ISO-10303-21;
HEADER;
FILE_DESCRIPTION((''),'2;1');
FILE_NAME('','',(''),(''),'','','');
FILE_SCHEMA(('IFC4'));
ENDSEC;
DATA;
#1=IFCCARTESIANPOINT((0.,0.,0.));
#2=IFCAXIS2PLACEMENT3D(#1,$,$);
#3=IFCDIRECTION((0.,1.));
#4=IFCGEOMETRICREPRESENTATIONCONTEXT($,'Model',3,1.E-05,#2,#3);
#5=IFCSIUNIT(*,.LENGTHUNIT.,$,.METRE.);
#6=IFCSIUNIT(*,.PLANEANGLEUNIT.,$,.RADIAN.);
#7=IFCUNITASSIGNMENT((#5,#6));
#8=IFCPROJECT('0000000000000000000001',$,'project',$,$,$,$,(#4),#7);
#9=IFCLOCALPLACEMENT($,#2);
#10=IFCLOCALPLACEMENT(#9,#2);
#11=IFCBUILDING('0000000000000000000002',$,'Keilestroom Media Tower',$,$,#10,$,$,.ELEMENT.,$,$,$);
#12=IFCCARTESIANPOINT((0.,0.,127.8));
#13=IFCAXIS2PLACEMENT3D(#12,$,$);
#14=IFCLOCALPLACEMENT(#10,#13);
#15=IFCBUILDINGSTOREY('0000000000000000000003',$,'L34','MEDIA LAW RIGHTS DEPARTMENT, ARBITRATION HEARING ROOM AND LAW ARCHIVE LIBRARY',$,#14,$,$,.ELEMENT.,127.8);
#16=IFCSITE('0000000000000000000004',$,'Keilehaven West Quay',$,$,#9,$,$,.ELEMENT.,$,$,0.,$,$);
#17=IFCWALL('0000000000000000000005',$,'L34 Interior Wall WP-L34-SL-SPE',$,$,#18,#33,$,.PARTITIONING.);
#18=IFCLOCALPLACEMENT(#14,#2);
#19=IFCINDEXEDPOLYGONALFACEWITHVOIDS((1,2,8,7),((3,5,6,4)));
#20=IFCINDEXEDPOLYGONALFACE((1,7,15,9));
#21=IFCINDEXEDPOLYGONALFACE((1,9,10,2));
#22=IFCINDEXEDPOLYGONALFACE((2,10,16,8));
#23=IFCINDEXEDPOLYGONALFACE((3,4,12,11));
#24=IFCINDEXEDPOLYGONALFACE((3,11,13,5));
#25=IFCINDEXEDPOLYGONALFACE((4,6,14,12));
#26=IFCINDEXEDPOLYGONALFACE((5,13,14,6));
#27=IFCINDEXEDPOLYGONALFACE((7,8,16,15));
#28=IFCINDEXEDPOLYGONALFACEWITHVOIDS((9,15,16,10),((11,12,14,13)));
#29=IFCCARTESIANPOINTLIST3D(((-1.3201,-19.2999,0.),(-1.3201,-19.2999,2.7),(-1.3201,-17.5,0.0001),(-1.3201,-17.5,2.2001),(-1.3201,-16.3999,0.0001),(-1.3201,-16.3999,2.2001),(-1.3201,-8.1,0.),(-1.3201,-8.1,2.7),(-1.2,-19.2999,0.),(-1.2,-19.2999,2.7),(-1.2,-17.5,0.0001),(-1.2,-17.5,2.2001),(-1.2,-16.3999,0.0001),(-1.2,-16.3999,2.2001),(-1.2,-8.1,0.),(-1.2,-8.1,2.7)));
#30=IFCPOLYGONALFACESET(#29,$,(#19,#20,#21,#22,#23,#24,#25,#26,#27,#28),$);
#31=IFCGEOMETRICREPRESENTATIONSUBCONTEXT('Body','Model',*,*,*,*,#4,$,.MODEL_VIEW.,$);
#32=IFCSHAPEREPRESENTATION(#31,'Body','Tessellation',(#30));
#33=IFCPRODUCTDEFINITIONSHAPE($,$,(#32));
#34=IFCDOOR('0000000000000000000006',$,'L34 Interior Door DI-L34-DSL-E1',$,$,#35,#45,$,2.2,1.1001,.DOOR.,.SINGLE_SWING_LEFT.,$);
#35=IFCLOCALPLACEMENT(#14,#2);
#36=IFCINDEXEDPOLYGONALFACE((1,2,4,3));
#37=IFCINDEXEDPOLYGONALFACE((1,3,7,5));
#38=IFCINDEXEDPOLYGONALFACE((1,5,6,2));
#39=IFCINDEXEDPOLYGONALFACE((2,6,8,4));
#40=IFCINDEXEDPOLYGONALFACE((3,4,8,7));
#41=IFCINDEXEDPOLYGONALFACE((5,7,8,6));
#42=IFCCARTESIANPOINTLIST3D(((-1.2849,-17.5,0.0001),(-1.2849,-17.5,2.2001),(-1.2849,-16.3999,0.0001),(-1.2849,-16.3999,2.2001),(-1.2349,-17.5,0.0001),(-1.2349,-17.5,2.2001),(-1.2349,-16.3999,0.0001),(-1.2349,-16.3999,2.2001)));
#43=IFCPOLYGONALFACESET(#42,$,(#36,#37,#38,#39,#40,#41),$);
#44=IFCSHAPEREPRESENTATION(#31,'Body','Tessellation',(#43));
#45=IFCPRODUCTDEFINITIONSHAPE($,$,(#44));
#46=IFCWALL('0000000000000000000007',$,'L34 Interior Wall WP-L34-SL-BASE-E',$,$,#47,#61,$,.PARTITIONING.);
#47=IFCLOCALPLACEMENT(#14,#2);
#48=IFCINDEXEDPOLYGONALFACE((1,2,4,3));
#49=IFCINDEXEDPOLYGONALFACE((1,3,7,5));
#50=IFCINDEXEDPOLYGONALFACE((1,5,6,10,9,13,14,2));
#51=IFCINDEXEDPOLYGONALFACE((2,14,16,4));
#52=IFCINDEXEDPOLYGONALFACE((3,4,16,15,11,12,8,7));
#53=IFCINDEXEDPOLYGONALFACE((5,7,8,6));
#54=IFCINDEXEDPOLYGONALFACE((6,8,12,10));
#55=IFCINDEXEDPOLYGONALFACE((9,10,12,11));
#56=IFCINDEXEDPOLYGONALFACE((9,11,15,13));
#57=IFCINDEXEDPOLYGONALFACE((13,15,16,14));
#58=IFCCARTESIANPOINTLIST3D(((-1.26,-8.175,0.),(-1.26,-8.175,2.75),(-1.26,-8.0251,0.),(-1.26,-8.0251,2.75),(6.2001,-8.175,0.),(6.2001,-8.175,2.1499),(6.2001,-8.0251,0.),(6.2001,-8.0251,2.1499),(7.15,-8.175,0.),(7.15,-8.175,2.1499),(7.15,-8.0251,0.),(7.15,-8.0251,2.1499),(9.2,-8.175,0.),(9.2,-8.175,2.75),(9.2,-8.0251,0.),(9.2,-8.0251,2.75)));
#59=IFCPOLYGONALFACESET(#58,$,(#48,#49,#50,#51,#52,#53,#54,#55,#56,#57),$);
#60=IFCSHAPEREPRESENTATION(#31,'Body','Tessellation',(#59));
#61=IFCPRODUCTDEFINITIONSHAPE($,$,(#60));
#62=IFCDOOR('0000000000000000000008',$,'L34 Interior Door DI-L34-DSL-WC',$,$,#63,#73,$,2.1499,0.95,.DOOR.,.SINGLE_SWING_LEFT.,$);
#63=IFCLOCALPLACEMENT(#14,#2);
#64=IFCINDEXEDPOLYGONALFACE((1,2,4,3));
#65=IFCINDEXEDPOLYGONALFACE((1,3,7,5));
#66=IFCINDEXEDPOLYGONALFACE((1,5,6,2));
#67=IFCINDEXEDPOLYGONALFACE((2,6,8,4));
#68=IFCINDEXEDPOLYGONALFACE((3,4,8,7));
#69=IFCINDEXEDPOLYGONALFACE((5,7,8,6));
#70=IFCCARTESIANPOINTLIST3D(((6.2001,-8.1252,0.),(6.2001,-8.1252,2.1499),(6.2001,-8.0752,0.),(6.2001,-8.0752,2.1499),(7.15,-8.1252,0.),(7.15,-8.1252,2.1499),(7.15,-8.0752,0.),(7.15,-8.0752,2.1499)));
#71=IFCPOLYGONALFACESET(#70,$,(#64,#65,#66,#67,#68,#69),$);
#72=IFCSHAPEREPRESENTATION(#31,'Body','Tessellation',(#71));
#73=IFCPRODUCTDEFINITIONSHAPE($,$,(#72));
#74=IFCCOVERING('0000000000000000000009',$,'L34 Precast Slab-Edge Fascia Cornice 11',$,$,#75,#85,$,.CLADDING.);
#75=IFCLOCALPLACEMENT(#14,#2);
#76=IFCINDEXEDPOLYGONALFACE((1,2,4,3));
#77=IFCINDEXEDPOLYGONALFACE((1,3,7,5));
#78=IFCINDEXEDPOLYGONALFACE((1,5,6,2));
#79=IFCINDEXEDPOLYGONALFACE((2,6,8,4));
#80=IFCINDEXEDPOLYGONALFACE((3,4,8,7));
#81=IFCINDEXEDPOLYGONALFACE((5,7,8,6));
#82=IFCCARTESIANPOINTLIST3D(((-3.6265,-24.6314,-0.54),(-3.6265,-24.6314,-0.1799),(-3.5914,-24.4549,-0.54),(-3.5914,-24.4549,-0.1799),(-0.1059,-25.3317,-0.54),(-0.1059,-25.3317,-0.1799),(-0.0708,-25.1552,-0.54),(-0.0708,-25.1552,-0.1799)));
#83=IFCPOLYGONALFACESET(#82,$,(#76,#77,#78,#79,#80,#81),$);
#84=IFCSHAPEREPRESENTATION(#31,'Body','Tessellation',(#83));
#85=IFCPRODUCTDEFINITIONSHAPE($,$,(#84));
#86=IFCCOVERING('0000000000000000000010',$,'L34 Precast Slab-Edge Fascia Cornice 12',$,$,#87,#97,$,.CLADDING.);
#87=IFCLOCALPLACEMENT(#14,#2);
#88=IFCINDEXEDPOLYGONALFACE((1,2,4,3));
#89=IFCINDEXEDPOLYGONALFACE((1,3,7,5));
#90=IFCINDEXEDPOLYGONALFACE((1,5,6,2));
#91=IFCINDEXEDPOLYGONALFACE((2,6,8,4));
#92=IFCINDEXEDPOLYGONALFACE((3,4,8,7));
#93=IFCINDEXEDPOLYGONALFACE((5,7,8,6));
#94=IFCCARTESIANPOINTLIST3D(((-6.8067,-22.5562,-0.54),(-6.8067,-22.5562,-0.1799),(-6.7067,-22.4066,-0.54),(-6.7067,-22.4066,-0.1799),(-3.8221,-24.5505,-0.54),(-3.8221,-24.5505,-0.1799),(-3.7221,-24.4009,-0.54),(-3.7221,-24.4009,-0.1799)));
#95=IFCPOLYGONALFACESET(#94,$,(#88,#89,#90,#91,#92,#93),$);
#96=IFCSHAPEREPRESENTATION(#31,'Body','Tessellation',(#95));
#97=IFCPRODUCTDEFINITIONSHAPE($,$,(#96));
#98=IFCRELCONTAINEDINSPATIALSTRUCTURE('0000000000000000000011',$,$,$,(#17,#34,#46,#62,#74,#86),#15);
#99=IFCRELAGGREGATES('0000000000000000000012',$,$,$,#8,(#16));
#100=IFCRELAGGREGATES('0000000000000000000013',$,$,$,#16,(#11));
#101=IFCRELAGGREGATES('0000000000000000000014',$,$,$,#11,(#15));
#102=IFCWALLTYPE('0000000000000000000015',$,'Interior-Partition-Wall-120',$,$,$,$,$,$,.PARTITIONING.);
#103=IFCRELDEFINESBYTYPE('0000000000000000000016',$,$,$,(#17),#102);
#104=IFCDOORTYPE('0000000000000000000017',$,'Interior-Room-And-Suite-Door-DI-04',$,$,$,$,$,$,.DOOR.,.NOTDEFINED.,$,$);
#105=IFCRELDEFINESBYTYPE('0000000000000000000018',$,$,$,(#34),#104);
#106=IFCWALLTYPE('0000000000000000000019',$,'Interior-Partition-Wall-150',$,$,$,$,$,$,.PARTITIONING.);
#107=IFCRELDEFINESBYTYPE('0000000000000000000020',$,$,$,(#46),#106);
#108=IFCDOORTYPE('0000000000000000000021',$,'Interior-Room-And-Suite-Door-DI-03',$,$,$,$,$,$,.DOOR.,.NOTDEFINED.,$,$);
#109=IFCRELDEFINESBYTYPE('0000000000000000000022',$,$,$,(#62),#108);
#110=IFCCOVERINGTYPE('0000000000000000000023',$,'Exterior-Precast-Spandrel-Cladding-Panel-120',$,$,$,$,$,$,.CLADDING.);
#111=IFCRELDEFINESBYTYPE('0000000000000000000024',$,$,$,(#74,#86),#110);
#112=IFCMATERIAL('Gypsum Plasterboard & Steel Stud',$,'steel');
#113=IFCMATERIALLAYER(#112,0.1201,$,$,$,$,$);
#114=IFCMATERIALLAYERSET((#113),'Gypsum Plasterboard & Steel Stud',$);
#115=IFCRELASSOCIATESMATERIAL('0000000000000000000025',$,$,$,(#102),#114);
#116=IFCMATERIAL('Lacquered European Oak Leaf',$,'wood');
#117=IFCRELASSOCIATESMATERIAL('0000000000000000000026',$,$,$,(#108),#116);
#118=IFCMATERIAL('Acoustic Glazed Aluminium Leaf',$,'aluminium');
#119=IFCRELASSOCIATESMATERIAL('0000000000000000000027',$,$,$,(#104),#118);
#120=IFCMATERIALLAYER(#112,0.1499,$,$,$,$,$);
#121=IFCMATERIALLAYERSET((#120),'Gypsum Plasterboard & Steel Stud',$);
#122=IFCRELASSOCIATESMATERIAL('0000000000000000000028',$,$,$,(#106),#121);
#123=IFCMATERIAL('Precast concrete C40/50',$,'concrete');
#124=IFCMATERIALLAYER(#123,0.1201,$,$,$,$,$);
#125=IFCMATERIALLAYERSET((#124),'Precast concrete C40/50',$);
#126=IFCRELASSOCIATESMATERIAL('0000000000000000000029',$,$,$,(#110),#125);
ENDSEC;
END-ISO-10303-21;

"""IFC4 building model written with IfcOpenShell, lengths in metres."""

from ifc_helpers import new_model, si_unit, direction, frame, frame_2d, origin, origin_2d, place, context, subcontext, project, spatial, rectangle, extrude, source, transform, mapped, material, layer, layer_set, type_object, element, fill, save


model = new_model("IFC4")

# Units and contexts
model_context = context("Model", 3, precision=1e-05, world=origin(), true_north=direction((0.0, 1.0)))
body_context = subcontext(model_context, "Body", "Model", "MODEL_VIEW")
ifc_project = project(units=[si_unit("LENGTHUNIT", "METRE"), si_unit("PLANEANGLEUNIT", "RADIAN")], contexts=[model_context])

# Site, building, storey
site_placement = place(None, origin())
site = spatial("IfcSite", under=ifc_project, at=site_placement, Name="Keilehaven West Quay", CompositionType="ELEMENT", RefElevation=0.0)
building_placement = place(site_placement, origin())
building = spatial("IfcBuilding", under=site, at=building_placement, Name="Keilestroom Media Tower", CompositionType="ELEMENT")
storey_placement = place(building_placement, frame((0.0, 0.0, 127.8)))
storey = spatial("IfcBuildingStorey", under=building, at=storey_placement, Name="L34", Description="MEDIA LAW RIGHTS DEPARTMENT, ARBITRATION HEARING ROOM AND LAW ARCHIVE LIBRARY", CompositionType="ELEMENT", Elevation=127.8)

# Shared definitions
ifc_material_1 = material(Name="Precast concrete C40/50", Category="concrete")

# Shared definitions
ifc_material_2 = material(Name="Gypsum Plasterboard & Steel Stud", Category="steel")
ifc_layer_1 = layer(ifc_material_2, 0.1201)
ifc_layer_set_1 = layer_set([ifc_layer_1], Name="Gypsum Plasterboard & Steel Stud")
wall_type_1 = type_object("IfcWallType", Name="Interior-Partition-Wall-120", PredefinedType="PARTITIONING", material=ifc_layer_set_1)
ifc_material_3 = material(Name="Lacquered European Oak Leaf", Category="wood")
door_type_1 = type_object("IfcDoorType", Name="Interior-Room-And-Suite-Door-DI-03", OperationType="NOTDEFINED", PredefinedType="DOOR", material=ifc_material_3)
shared_shape_1 = source(origin(), body_context, "Body", "SweptSolid", [
    extrude(rectangle(XDim=0.95, YDim=2.1499, at=frame_2d((0.4751, 1.075))), frame((0.0, 0.0249, 0.0), z_axis=(0.0, -1.0, 0.0), x_axis=(1.0, 0.0, 0.0)), (0.0, 0.0, 1.0), 0.05),
])

# Walls, openings, doors
wall_1_placement = place(storey_placement, frame((-1.26, -19.3, 0.0), z_axis=(0.0, 0.0, 1.0), x_axis=(0.0, 1.0, 0.0)))
wall_1 = element("IfcWall", 1, at=wall_1_placement, inside=storey, type_object=wall_type_1, Name="L34 Interior Wall WP-L34-SL-SPE", PredefinedType="PARTITIONING", context=body_context, shape_type="SweptSolid", body=[
    extrude(rectangle(XDim=11.2, YDim=0.1201, at=frame_2d((5.6001, 0.0))), origin(), (0.0, 0.0, 1.0), 2.7),
])
opening_1_placement = place(wall_1_placement, frame((1.8, 0.0, 0.0)))
opening_1 = element("IfcOpeningElement", 2, at=opening_1_placement, cuts=wall_1, PredefinedType="OPENING", context=body_context, shape_type="SweptSolid", body=[
    extrude(rectangle(XDim=1.1001, YDim=2.2, at=frame_2d((0.55, 1.1001))), frame((0.0, 0.0701, 0.0), z_axis=(0.0, -1.0, 0.0), x_axis=(1.0, 0.0, 0.0)), (0.0, 0.0, 1.0), 0.1401),
])
ifc_material_4 = material(Name="Acoustic Glazed Aluminium Leaf", Category="aluminium")
door_type_2 = type_object("IfcDoorType", Name="Interior-Room-And-Suite-Door-DI-04", OperationType="NOTDEFINED", PredefinedType="DOOR", material=ifc_material_4)
shared_shape_2 = source(origin(), body_context, "Body", "SweptSolid", [
    extrude(rectangle(XDim=1.1001, YDim=2.2, at=frame_2d((0.55, 1.1001))), frame((0.0, 0.0249, 0.0), z_axis=(0.0, -1.0, 0.0), x_axis=(1.0, 0.0, 0.0)), (0.0, 0.0, 1.0), 0.05),
])
door_1_placement = place(opening_1_placement, origin())
door_1 = element("IfcDoor", 3, at=door_1_placement, inside=storey, type_object=door_type_2, Name="L34 Interior Door DI-L34-DSL-E1", OperationType="SINGLE_SWING_LEFT", OverallHeight=2.2, OverallWidth=1.1001, PredefinedType="DOOR", context=body_context, shape_type="MappedRepresentation", body=[
    mapped(shared_shape_2, transform((0.0, 0.0, 0.0), x_axis=(1.0, 0.0, 0.0), y_axis=(0.0, 1.0, 0.0), z_axis=(0.0, 0.0, 1.0), scale=1.0)),
])
fill(opening_1, door_1)
ifc_layer_2 = layer(ifc_material_2, 0.1499)
ifc_layer_set_2 = layer_set([ifc_layer_2], Name="Gypsum Plasterboard & Steel Stud")
wall_type_2 = type_object("IfcWallType", Name="Interior-Partition-Wall-150", PredefinedType="PARTITIONING", material=ifc_layer_set_2)
wall_2_placement = place(storey_placement, frame((-1.26, -8.1001, 0.0), z_axis=(0.0, 0.0, 1.0), x_axis=(1.0, 0.0, 0.0)))
wall_2 = element("IfcWall", 4, at=wall_2_placement, inside=storey, type_object=wall_type_2, Name="L34 Interior Wall WP-L34-SL-BASE-E", PredefinedType="PARTITIONING", context=body_context, shape_type="SweptSolid", body=[
    extrude(rectangle(XDim=10.46, YDim=0.1499, at=frame_2d((5.23, 0.0))), origin(), (0.0, 0.0, 1.0), 2.75),
])
opening_2_placement = place(wall_2_placement, frame((7.46, 0.0, 0.0)))
opening_2 = element("IfcOpeningElement", 5, at=opening_2_placement, cuts=wall_2, PredefinedType="OPENING", context=body_context, shape_type="SweptSolid", body=[
    extrude(rectangle(XDim=0.95, YDim=2.1499, at=frame_2d((0.4751, 1.075))), frame((0.0, 0.085, 0.0), z_axis=(0.0, -1.0, 0.0), x_axis=(1.0, 0.0, 0.0)), (0.0, 0.0, 1.0), 0.1699),
])
door_2_placement = place(opening_2_placement, origin())
door_2 = element("IfcDoor", 6, at=door_2_placement, inside=storey, type_object=door_type_1, Name="L34 Interior Door DI-L34-DSL-WC", OperationType="SINGLE_SWING_LEFT", OverallHeight=2.1499, OverallWidth=0.95, PredefinedType="DOOR", context=body_context, shape_type="MappedRepresentation", body=[
    mapped(shared_shape_1, transform((0.0, 0.0, 0.0), x_axis=(1.0, 0.0, 0.0), y_axis=(0.0, 1.0, 0.0), z_axis=(0.0, 0.0, 1.0), scale=1.0)),
])
fill(opening_2, door_2)

# Coverings
ifc_layer_3 = layer(ifc_material_1, 0.1201)
ifc_layer_set_3 = layer_set([ifc_layer_3], Name="Precast concrete C40/50")
covering_type = type_object("IfcCoveringType", Name="Exterior-Precast-Spandrel-Cladding-Panel-120", PredefinedType="CLADDING", material=ifc_layer_set_3)
shared_shape_3 = source(origin(), body_context, "Body", "SweptSolid", [
    extrude(rectangle(XDim=3.5896, YDim=0.1799, at=origin_2d()), origin(), (0.0, 0.0, 1.0), 0.3601),
])
for number, where, z_axis, x_axis, name in (
    (7, (-1.8486, -24.8933, -0.54), (0.0, 0.0, 1.0), (-0.980784, 0.195099, 0.0), "L34 Precast Slab-Edge Fascia Cornice 11"),
    (8, (-5.2644, -23.4785, -0.54), (0.0, 0.0, 1.0), (-0.831467, 0.555575, 0.0), "L34 Precast Slab-Edge Fascia Cornice 12"),
):
    element("IfcCovering", number, at=place(storey_placement, frame(where, z_axis=z_axis, x_axis=x_axis)), inside=storey, type_object=covering_type, Name=name, PredefinedType="CLADDING", context=body_context, shape_type="MappedRepresentation", body=[
        mapped(shared_shape_3, transform((0.0, 0.0, 0.0), x_axis=(1.0, 0.0, 0.0), y_axis=(0.0, 1.0, 0.0), z_axis=(0.0, 0.0, 1.0), scale=1.0)),
    ])

save(model, "model.ifc")
